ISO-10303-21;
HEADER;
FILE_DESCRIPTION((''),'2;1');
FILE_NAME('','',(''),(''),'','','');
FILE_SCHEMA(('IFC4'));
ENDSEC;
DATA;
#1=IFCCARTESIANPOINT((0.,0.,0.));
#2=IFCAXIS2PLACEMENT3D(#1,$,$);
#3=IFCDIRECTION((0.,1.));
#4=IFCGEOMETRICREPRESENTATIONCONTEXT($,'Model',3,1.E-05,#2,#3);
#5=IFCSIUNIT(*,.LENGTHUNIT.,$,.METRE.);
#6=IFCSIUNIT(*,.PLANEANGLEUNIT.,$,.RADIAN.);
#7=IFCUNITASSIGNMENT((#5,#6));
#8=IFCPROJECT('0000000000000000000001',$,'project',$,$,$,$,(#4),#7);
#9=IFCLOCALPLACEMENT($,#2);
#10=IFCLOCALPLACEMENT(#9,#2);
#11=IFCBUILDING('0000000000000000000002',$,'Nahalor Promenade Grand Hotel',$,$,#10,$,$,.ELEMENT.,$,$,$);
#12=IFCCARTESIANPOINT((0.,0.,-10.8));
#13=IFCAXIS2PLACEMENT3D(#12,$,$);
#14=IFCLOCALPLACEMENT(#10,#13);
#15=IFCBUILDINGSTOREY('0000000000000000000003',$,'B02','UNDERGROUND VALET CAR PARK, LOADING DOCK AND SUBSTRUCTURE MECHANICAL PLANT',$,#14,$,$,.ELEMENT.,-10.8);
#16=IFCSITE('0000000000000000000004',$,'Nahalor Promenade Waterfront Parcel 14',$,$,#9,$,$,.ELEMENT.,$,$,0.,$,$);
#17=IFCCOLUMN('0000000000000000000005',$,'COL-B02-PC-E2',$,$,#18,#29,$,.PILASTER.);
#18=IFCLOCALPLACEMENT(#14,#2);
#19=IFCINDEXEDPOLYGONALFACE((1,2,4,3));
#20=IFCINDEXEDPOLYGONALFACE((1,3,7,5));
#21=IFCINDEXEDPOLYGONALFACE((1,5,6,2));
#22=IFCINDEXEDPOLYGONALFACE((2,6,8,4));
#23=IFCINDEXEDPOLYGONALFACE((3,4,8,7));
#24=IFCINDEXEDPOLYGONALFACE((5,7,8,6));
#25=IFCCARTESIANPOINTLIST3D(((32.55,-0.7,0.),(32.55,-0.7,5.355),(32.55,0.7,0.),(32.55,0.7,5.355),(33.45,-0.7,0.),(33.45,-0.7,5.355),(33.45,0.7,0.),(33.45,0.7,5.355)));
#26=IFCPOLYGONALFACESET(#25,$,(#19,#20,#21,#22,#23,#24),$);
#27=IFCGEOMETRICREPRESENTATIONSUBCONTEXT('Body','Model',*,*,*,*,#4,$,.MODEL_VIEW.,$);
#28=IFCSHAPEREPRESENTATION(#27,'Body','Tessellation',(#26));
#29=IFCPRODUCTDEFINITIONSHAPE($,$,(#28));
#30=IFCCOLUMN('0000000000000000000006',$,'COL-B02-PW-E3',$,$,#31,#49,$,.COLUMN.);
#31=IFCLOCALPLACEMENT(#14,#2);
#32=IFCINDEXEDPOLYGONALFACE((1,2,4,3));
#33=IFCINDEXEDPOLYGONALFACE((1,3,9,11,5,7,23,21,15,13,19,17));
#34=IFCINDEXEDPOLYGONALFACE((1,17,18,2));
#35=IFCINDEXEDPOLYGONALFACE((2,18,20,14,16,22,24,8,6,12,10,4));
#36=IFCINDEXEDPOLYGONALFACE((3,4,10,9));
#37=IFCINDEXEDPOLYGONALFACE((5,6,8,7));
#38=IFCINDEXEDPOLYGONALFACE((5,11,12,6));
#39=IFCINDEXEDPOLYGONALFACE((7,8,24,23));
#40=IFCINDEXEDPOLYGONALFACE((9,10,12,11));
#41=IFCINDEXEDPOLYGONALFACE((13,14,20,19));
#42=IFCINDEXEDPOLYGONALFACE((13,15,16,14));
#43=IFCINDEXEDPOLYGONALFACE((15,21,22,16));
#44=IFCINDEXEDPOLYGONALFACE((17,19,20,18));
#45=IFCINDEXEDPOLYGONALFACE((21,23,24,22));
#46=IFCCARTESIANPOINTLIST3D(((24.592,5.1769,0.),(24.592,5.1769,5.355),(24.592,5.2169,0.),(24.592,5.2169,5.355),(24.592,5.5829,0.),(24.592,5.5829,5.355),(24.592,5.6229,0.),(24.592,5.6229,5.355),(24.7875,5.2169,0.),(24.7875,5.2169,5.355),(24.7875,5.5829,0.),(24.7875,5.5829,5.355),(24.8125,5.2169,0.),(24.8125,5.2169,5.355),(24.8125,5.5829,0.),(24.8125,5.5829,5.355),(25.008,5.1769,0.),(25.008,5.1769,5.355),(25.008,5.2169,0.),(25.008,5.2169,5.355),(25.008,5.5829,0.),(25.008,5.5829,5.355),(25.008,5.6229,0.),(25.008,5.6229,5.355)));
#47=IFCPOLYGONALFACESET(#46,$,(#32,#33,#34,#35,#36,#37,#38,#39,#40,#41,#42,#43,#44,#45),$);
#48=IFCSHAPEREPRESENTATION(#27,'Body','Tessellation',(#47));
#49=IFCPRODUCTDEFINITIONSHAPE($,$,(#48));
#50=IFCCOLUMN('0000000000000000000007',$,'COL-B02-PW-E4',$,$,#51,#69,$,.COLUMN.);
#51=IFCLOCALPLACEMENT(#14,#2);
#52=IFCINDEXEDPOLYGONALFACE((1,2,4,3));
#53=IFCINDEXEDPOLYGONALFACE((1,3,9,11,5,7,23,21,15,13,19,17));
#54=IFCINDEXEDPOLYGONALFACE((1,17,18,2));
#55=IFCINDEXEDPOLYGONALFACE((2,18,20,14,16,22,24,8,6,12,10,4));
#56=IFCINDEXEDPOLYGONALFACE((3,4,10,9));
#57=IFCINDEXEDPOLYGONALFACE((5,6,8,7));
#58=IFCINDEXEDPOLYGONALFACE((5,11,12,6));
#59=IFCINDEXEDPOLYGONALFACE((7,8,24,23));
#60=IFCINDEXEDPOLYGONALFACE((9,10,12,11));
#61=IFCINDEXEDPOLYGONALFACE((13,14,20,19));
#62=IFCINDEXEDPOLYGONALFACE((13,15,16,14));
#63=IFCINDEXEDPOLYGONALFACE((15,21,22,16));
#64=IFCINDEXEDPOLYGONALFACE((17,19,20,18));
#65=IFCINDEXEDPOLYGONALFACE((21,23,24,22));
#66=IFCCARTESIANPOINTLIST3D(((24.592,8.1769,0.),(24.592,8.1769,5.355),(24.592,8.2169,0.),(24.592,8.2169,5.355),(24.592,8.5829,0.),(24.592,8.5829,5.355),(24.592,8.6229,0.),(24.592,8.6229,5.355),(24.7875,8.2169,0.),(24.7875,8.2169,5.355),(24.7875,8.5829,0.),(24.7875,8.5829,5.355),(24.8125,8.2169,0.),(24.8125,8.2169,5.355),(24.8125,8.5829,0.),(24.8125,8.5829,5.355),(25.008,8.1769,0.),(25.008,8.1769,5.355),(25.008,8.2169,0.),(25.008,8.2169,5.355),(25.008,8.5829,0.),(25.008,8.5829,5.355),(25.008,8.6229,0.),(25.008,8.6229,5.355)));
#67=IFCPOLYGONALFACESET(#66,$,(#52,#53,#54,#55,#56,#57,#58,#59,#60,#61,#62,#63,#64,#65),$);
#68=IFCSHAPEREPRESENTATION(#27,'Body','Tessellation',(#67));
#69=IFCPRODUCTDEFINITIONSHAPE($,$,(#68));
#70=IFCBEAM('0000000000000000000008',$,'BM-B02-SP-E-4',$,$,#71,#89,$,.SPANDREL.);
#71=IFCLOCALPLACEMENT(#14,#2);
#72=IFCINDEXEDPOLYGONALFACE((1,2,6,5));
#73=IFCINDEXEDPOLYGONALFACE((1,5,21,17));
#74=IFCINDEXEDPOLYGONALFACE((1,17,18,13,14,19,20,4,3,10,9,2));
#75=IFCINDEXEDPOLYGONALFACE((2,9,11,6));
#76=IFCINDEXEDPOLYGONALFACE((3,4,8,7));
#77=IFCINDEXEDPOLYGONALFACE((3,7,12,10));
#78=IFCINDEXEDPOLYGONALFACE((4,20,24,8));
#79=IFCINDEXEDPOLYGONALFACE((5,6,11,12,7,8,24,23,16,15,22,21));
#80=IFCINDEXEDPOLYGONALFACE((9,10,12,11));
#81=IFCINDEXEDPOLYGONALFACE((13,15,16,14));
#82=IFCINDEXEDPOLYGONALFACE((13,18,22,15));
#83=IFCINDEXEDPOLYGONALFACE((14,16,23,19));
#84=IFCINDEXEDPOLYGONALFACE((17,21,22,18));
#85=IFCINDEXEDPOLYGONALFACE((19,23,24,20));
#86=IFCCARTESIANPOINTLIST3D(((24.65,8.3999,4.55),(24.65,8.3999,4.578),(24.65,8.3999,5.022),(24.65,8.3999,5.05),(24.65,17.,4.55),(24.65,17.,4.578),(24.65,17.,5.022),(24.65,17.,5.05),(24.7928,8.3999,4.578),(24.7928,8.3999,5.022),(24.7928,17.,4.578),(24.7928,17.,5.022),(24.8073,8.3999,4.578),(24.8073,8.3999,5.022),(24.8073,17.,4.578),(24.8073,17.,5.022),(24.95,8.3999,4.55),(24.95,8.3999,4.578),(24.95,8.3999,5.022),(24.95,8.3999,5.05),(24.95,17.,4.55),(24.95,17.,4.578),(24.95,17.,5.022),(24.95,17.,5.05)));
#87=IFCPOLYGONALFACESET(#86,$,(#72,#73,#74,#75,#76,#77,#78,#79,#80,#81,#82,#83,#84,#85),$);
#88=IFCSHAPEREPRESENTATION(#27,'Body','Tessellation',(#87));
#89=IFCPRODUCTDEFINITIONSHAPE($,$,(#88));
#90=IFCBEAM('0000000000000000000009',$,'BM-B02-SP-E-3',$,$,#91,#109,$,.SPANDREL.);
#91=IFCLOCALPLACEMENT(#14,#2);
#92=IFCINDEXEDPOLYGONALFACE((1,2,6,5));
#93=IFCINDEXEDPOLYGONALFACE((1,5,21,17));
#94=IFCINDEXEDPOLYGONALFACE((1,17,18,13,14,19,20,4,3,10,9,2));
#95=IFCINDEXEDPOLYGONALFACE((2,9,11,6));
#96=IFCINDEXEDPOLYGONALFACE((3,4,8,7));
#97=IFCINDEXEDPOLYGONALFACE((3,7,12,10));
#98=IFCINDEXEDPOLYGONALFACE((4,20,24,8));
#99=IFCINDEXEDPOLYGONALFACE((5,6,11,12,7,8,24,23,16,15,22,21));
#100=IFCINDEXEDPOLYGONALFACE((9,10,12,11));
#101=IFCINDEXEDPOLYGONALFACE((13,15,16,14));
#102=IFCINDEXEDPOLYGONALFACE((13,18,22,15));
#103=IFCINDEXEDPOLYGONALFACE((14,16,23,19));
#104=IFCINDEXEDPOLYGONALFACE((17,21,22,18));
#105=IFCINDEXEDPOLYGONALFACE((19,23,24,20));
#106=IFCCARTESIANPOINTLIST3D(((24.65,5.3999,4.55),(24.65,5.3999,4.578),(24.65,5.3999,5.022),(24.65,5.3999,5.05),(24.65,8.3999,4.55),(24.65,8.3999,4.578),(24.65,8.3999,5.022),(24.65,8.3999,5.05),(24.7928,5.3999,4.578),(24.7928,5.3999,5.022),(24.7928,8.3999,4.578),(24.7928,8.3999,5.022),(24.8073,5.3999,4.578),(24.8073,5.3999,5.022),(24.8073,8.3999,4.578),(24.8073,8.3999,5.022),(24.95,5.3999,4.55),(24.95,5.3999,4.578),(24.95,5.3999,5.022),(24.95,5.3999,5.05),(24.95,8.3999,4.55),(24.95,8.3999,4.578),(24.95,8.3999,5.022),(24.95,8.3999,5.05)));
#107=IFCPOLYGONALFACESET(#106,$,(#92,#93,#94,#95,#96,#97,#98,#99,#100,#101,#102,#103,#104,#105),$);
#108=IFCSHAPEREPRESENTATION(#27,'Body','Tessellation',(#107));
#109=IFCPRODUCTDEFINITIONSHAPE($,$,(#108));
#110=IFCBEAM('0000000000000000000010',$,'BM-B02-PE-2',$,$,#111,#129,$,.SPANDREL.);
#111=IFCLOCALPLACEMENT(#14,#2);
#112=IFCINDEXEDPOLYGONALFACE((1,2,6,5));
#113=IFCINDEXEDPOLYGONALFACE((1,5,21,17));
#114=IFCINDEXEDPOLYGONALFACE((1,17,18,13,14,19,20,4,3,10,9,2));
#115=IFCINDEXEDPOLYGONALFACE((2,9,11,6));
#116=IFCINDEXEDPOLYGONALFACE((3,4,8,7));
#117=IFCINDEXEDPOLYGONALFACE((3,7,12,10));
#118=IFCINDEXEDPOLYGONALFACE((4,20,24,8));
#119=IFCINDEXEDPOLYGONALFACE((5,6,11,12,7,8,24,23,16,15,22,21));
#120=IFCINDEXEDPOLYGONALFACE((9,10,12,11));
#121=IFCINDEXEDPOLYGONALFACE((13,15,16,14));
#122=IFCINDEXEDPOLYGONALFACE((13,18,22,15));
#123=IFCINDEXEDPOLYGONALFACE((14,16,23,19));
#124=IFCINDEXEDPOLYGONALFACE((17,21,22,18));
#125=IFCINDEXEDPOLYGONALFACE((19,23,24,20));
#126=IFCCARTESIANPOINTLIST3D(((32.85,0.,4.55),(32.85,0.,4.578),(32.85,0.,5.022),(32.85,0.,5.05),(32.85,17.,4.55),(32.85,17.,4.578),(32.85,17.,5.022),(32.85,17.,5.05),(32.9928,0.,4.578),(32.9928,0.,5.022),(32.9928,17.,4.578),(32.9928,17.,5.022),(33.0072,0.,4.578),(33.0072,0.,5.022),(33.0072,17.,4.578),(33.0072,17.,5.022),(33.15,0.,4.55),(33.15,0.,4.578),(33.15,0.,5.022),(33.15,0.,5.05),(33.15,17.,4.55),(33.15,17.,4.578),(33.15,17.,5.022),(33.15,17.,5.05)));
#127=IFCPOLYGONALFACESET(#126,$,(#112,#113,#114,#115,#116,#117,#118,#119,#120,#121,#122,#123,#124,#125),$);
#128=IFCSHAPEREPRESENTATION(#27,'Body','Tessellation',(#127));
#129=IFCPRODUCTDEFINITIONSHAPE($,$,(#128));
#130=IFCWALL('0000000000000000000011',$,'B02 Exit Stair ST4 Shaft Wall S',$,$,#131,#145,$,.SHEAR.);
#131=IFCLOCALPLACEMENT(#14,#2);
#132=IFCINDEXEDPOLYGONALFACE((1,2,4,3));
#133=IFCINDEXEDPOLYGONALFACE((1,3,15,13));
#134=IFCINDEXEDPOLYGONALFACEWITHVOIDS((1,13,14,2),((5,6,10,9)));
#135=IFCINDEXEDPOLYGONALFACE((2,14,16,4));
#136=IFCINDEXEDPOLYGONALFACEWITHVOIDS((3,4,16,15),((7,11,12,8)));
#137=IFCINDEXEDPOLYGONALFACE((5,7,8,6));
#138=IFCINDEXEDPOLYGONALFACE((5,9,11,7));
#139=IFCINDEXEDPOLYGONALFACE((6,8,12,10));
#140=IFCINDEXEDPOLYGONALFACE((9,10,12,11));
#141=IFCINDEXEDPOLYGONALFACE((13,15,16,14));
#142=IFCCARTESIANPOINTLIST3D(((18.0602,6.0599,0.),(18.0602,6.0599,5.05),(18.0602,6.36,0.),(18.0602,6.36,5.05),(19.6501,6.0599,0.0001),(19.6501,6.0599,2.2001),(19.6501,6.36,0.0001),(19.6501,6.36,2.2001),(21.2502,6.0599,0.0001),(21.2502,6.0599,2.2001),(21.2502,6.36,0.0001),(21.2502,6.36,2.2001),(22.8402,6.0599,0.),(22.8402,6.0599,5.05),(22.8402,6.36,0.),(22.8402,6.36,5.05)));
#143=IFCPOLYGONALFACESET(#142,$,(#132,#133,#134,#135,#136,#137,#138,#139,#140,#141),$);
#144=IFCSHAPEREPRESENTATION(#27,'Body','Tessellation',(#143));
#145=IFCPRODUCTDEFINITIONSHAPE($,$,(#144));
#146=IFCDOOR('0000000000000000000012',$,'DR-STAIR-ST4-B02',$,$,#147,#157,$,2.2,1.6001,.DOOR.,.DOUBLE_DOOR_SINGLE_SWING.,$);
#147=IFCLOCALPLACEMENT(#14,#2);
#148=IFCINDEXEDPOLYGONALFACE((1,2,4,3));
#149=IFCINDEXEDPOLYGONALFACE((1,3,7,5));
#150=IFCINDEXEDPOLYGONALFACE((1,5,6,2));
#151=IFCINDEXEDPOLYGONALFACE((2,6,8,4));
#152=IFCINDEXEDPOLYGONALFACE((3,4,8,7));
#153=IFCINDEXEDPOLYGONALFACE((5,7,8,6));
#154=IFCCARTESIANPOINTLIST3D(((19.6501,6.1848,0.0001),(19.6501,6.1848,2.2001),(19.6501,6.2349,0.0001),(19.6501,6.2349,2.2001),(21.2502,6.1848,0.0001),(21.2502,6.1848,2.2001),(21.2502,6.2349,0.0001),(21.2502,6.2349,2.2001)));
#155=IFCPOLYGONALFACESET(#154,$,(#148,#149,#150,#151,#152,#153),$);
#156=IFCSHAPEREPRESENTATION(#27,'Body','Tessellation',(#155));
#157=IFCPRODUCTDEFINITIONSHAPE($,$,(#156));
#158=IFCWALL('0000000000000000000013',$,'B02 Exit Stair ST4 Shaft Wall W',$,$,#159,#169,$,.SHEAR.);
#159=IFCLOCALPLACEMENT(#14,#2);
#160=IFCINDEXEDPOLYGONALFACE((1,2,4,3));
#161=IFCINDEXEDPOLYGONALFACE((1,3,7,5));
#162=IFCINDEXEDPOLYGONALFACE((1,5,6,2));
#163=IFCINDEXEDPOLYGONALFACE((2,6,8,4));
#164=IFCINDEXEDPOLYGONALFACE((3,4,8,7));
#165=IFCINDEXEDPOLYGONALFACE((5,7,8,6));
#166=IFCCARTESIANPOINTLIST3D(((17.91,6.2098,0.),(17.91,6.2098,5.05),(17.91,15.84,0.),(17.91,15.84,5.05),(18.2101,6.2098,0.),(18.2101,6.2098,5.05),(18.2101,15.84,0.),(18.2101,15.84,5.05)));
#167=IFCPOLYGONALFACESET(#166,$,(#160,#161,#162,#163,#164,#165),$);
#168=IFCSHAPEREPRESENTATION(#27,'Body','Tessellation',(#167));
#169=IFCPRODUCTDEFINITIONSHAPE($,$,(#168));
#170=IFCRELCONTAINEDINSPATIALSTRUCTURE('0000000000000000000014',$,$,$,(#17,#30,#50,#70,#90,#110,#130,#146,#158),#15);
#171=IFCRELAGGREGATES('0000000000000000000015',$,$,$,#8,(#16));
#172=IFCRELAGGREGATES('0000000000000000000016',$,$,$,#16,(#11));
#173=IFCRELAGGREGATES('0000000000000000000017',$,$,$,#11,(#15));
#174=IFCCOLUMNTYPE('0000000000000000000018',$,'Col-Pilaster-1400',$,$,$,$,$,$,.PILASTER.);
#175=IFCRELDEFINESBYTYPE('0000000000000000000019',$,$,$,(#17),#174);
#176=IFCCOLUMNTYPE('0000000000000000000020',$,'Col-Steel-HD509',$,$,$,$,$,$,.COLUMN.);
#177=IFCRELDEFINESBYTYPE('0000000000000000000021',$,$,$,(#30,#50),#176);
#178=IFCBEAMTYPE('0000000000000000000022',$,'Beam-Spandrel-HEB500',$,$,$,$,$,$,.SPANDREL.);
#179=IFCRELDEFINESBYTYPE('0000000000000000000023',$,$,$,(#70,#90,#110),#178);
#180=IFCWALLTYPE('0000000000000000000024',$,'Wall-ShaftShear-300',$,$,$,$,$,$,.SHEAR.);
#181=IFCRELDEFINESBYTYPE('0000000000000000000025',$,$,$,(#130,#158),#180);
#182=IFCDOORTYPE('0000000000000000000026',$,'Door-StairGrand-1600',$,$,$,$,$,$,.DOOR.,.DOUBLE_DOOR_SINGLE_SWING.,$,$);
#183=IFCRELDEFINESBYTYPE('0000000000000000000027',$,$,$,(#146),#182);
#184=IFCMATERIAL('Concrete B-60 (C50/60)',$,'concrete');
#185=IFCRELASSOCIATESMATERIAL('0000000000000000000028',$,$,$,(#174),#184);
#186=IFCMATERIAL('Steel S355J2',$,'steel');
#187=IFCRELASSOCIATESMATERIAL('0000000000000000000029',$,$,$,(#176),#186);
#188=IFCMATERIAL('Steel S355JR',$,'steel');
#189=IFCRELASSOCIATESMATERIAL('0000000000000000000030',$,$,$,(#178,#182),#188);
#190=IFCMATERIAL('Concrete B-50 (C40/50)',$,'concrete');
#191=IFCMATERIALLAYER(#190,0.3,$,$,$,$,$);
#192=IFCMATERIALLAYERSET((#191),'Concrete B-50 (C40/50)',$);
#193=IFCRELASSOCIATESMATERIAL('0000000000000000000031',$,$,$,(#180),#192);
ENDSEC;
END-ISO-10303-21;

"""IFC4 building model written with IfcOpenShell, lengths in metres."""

from ifc_helpers import new_model, si_unit, direction, frame, frame_2d, origin, origin_2d, place, context, subcontext, project, spatial, rectangle, i_section, extrude, source, transform, mapped, material, layer, layer_set, material_profile, profile_set, type_object, element, fill, save


model = new_model("IFC4")

# Units and contexts
model_context = context("Model", 3, precision=1e-05, world=origin(), true_north=direction((0.0, 1.0)))
body_context = subcontext(model_context, "Body", "Model", "MODEL_VIEW")
ifc_project = project(units=[si_unit("LENGTHUNIT", "METRE"), si_unit("PLANEANGLEUNIT", "RADIAN")], contexts=[model_context])

# Site, building, storey
site_placement = place(None, origin())
site = spatial("IfcSite", under=ifc_project, at=site_placement, Name="Nahalor Promenade Waterfront Parcel 14", CompositionType="ELEMENT", RefElevation=0.0)
building_placement = place(site_placement, origin())
building = spatial("IfcBuilding", under=site, at=building_placement, Name="Nahalor Promenade Grand Hotel", CompositionType="ELEMENT")
storey_placement = place(building_placement, frame((0.0, 0.0, -10.8)))
storey = spatial("IfcBuildingStorey", under=building, at=storey_placement, Name="B02", Description="UNDERGROUND VALET CAR PARK, LOADING DOCK AND SUBSTRUCTURE MECHANICAL PLANT", CompositionType="ELEMENT", Elevation=-10.8)

# Shared definitions
ifc_material_1 = material(Name="Concrete B-50 (C40/50)", Category="concrete")

# Columns
ifc_material_2 = material(Name="Concrete B-60 (C50/60)", Category="concrete")
ifc_material_profile_1 = material_profile(ifc_material_2, rectangle(XDim=0.9, YDim=1.4, at=origin_2d()), Name="RC 900x1400")
ifc_profile_set_1 = profile_set([ifc_material_profile_1], Name="Concrete B-60 (C50/60)")
column_type_1 = type_object("IfcColumnType", Name="Col-Pilaster-1400", PredefinedType="PILASTER", material=ifc_profile_set_1)
shared_shape_1 = source(origin(), body_context, "Body", "SweptSolid", [
    extrude(rectangle(XDim=0.9, YDim=1.4, at=origin_2d()), origin(), (0.0, 0.0, 1.0), 5.355),
])
column_placement = place(storey_placement, frame((33.0, 0.0, 0.0), z_axis=(0.0, 0.0, 1.0), x_axis=(1.0, 0.0, 0.0)))
element("IfcColumn", 1, at=column_placement, inside=storey, type_object=column_type_1, Name="COL-B02-PC-E2", PredefinedType="PILASTER", context=body_context, shape_type="MappedRepresentation", body=[
    mapped(shared_shape_1, transform((0.0, 0.0, 0.0), scale=1.0)),
])
ifc_material_3 = material(Name="Steel S355J2", Category="steel")
ifc_material_profile_2 = material_profile(ifc_material_3, i_section(OverallWidth=0.416, OverallDepth=0.446, WebThickness=0.025, FlangeThickness=0.04, at=origin_2d()), Name="HD 400x509")
ifc_profile_set_2 = profile_set([ifc_material_profile_2], Name="Steel S355J2")
column_type_2 = type_object("IfcColumnType", Name="Col-Steel-HD509", PredefinedType="COLUMN", material=ifc_profile_set_2)
shared_shape_2 = source(origin(), body_context, "Body", "SweptSolid", [
    extrude(i_section(OverallWidth=0.416, OverallDepth=0.446, WebThickness=0.025, FlangeThickness=0.04, at=origin_2d()), origin(), (0.0, 0.0, 1.0), 5.355),
])
for number, where, z_axis, x_axis, name in (
    (2, (24.8, 5.3999, 0.0), (0.0, 0.0, 1.0), (1.0, 0.0, 0.0), "COL-B02-PW-E3"),
    (3, (24.8, 8.3999, 0.0), (0.0, 0.0, 1.0), (1.0, 0.0, 0.0), "COL-B02-PW-E4"),
):
    element("IfcColumn", number, at=place(storey_placement, frame(where, z_axis=z_axis, x_axis=x_axis)), inside=storey, type_object=column_type_2, Name=name, PredefinedType="COLUMN", context=body_context, shape_type="MappedRepresentation", body=[
        mapped(shared_shape_2, transform((0.0, 0.0, 0.0), scale=1.0)),
    ])

# Beams
ifc_material_4 = material(Name="Steel S355JR", Category="steel")
ifc_material_profile_3 = material_profile(ifc_material_4, i_section(OverallWidth=0.3, OverallDepth=0.5, WebThickness=0.0145, FlangeThickness=0.028, at=origin_2d()), Name="HEB 500")
ifc_profile_set_3 = profile_set([ifc_material_profile_3], Name="Steel S355JR")
beam_type = type_object("IfcBeamType", Name="Beam-Spandrel-HEB500", PredefinedType="SPANDREL", material=ifc_profile_set_3)
shared_shape_3 = source(origin(), body_context, "Body", "SweptSolid", [
    extrude(i_section(OverallWidth=0.3, OverallDepth=0.5, WebThickness=0.0145, FlangeThickness=0.028, at=origin_2d()), origin(), (0.0, 0.0, 1.0), 8.6001),
])
beam_1_placement = place(storey_placement, frame((24.8, 8.3999, 4.8), z_axis=(0.0, 1.0, 0.0), x_axis=(-1.0, 0.0, 0.0)))
element("IfcBeam", 4, at=beam_1_placement, inside=storey, type_object=beam_type, Name="BM-B02-SP-E-4", PredefinedType="SPANDREL", context=body_context, shape_type="MappedRepresentation", body=[
    mapped(shared_shape_3, transform((0.0, 0.0, 0.0), scale=1.0)),
])
shared_shape_4 = source(origin(), body_context, "Body", "SweptSolid", [
    extrude(i_section(OverallWidth=0.3, OverallDepth=0.5, WebThickness=0.0145, FlangeThickness=0.028, at=origin_2d()), origin(), (0.0, 0.0, 1.0), 3.0),
])
beam_2_placement = place(storey_placement, frame((24.8, 5.3999, 4.8), z_axis=(0.0, 1.0, 0.0), x_axis=(-1.0, 0.0, 0.0)))
element("IfcBeam", 5, at=beam_2_placement, inside=storey, type_object=beam_type, Name="BM-B02-SP-E-3", PredefinedType="SPANDREL", context=body_context, shape_type="MappedRepresentation", body=[
    mapped(shared_shape_4, transform((0.0, 0.0, 0.0), scale=1.0)),
])
shared_shape_5 = source(origin(), body_context, "Body", "SweptSolid", [
    extrude(i_section(OverallWidth=0.3, OverallDepth=0.5, WebThickness=0.0145, FlangeThickness=0.028, at=origin_2d()), origin(), (0.0, 0.0, 1.0), 17.0),
])
beam_3_placement = place(storey_placement, frame((33.0, 0.0, 4.8), z_axis=(0.0, 1.0, 0.0), x_axis=(-1.0, 0.0, 0.0)))
element("IfcBeam", 6, at=beam_3_placement, inside=storey, type_object=beam_type, Name="BM-B02-PE-2", PredefinedType="SPANDREL", context=body_context, shape_type="MappedRepresentation", body=[
    mapped(shared_shape_5, transform((0.0, 0.0, 0.0), scale=1.0)),
])

# Wall, opening, door
ifc_layer_1 = layer(ifc_material_1, 0.3)
ifc_layer_set_1 = layer_set([ifc_layer_1], Name="Concrete B-50 (C40/50)")
wall_type = type_object("IfcWallType", Name="Wall-ShaftShear-300", PredefinedType="SHEAR", material=ifc_layer_set_1)
shared_shape_6 = source(origin(), body_context, "Body", "SweptSolid", [
    extrude(rectangle(XDim=4.78, YDim=0.3, at=frame_2d((2.3901, 0.0))), origin(), (0.0, 0.0, 1.0), 5.05),
])
wall_placement = place(storey_placement, frame((18.0601, 6.21, 0.0), z_axis=(0.0, 0.0, 1.0), x_axis=(1.0, 0.0, 0.0)))
wall = element("IfcWall", 7, at=wall_placement, inside=storey, type_object=wall_type, Name="B02 Exit Stair ST4 Shaft Wall S", PredefinedType="SHEAR", context=body_context, shape_type="MappedRepresentation", body=[
    mapped(shared_shape_6, transform((0.0, 0.0, 0.0), scale=1.0)),
])
opening_placement = place(wall_placement, frame((1.5901, 0.0, 0.0)))
opening = element("IfcOpeningElement", 8, at=opening_placement, cuts=wall, PredefinedType="OPENING", context=body_context, shape_type="SweptSolid", body=[
    extrude(rectangle(XDim=1.6001, YDim=2.2, at=frame_2d((0.8, 1.1001))), frame((0.0, 0.1599, 0.0), z_axis=(0.0, -1.0, 0.0), x_axis=(1.0, 0.0, 0.0)), (0.0, 0.0, 1.0), 0.3201),
])
door_type = type_object("IfcDoorType", Name="Door-StairGrand-1600", OperationType="DOUBLE_DOOR_SINGLE_SWING", PredefinedType="DOOR", material=ifc_material_4)
shared_shape_7 = source(origin(), body_context, "Body", "SweptSolid", [
    extrude(rectangle(XDim=1.6001, YDim=2.2, at=frame_2d((0.8, 1.1001))), frame((0.0, 0.0249, 0.0), z_axis=(0.0, -1.0, 0.0), x_axis=(1.0, 0.0, 0.0)), (0.0, 0.0, 1.0), 0.05),
])
door_placement = place(opening_placement, origin())
door = element("IfcDoor", 9, at=door_placement, inside=storey, type_object=door_type, Name="DR-STAIR-ST4-B02", OperationType="DOUBLE_DOOR_SINGLE_SWING", OverallHeight=2.2, OverallWidth=1.6001, PredefinedType="DOOR", context=body_context, shape_type="MappedRepresentation", body=[
    mapped(shared_shape_7, transform((0.0, 0.0, 0.0), scale=1.0)),
])
fill(opening, door)

# Wall
shared_shape_8 = source(origin(), body_context, "Body", "SweptSolid", [
    extrude(rectangle(XDim=9.6301, YDim=0.3, at=frame_2d((4.8149, 0.0))), origin(), (0.0, 0.0, 1.0), 5.05),
])
for number, where, z_axis, x_axis, name in (
    (10, (18.0601, 6.21, 0.0), (0.0, 0.0, 1.0), (0.0, 1.0, 0.0), "B02 Exit Stair ST4 Shaft Wall W"),
):
    element("IfcWall", number, at=place(storey_placement, frame(where, z_axis=z_axis, x_axis=x_axis)), inside=storey, type_object=wall_type, Name=name, PredefinedType="SHEAR", context=body_context, shape_type="MappedRepresentation", body=[
        mapped(shared_shape_8, transform((0.0, 0.0, 0.0), scale=1.0)),
    ])

save(model, "model.ifc")
